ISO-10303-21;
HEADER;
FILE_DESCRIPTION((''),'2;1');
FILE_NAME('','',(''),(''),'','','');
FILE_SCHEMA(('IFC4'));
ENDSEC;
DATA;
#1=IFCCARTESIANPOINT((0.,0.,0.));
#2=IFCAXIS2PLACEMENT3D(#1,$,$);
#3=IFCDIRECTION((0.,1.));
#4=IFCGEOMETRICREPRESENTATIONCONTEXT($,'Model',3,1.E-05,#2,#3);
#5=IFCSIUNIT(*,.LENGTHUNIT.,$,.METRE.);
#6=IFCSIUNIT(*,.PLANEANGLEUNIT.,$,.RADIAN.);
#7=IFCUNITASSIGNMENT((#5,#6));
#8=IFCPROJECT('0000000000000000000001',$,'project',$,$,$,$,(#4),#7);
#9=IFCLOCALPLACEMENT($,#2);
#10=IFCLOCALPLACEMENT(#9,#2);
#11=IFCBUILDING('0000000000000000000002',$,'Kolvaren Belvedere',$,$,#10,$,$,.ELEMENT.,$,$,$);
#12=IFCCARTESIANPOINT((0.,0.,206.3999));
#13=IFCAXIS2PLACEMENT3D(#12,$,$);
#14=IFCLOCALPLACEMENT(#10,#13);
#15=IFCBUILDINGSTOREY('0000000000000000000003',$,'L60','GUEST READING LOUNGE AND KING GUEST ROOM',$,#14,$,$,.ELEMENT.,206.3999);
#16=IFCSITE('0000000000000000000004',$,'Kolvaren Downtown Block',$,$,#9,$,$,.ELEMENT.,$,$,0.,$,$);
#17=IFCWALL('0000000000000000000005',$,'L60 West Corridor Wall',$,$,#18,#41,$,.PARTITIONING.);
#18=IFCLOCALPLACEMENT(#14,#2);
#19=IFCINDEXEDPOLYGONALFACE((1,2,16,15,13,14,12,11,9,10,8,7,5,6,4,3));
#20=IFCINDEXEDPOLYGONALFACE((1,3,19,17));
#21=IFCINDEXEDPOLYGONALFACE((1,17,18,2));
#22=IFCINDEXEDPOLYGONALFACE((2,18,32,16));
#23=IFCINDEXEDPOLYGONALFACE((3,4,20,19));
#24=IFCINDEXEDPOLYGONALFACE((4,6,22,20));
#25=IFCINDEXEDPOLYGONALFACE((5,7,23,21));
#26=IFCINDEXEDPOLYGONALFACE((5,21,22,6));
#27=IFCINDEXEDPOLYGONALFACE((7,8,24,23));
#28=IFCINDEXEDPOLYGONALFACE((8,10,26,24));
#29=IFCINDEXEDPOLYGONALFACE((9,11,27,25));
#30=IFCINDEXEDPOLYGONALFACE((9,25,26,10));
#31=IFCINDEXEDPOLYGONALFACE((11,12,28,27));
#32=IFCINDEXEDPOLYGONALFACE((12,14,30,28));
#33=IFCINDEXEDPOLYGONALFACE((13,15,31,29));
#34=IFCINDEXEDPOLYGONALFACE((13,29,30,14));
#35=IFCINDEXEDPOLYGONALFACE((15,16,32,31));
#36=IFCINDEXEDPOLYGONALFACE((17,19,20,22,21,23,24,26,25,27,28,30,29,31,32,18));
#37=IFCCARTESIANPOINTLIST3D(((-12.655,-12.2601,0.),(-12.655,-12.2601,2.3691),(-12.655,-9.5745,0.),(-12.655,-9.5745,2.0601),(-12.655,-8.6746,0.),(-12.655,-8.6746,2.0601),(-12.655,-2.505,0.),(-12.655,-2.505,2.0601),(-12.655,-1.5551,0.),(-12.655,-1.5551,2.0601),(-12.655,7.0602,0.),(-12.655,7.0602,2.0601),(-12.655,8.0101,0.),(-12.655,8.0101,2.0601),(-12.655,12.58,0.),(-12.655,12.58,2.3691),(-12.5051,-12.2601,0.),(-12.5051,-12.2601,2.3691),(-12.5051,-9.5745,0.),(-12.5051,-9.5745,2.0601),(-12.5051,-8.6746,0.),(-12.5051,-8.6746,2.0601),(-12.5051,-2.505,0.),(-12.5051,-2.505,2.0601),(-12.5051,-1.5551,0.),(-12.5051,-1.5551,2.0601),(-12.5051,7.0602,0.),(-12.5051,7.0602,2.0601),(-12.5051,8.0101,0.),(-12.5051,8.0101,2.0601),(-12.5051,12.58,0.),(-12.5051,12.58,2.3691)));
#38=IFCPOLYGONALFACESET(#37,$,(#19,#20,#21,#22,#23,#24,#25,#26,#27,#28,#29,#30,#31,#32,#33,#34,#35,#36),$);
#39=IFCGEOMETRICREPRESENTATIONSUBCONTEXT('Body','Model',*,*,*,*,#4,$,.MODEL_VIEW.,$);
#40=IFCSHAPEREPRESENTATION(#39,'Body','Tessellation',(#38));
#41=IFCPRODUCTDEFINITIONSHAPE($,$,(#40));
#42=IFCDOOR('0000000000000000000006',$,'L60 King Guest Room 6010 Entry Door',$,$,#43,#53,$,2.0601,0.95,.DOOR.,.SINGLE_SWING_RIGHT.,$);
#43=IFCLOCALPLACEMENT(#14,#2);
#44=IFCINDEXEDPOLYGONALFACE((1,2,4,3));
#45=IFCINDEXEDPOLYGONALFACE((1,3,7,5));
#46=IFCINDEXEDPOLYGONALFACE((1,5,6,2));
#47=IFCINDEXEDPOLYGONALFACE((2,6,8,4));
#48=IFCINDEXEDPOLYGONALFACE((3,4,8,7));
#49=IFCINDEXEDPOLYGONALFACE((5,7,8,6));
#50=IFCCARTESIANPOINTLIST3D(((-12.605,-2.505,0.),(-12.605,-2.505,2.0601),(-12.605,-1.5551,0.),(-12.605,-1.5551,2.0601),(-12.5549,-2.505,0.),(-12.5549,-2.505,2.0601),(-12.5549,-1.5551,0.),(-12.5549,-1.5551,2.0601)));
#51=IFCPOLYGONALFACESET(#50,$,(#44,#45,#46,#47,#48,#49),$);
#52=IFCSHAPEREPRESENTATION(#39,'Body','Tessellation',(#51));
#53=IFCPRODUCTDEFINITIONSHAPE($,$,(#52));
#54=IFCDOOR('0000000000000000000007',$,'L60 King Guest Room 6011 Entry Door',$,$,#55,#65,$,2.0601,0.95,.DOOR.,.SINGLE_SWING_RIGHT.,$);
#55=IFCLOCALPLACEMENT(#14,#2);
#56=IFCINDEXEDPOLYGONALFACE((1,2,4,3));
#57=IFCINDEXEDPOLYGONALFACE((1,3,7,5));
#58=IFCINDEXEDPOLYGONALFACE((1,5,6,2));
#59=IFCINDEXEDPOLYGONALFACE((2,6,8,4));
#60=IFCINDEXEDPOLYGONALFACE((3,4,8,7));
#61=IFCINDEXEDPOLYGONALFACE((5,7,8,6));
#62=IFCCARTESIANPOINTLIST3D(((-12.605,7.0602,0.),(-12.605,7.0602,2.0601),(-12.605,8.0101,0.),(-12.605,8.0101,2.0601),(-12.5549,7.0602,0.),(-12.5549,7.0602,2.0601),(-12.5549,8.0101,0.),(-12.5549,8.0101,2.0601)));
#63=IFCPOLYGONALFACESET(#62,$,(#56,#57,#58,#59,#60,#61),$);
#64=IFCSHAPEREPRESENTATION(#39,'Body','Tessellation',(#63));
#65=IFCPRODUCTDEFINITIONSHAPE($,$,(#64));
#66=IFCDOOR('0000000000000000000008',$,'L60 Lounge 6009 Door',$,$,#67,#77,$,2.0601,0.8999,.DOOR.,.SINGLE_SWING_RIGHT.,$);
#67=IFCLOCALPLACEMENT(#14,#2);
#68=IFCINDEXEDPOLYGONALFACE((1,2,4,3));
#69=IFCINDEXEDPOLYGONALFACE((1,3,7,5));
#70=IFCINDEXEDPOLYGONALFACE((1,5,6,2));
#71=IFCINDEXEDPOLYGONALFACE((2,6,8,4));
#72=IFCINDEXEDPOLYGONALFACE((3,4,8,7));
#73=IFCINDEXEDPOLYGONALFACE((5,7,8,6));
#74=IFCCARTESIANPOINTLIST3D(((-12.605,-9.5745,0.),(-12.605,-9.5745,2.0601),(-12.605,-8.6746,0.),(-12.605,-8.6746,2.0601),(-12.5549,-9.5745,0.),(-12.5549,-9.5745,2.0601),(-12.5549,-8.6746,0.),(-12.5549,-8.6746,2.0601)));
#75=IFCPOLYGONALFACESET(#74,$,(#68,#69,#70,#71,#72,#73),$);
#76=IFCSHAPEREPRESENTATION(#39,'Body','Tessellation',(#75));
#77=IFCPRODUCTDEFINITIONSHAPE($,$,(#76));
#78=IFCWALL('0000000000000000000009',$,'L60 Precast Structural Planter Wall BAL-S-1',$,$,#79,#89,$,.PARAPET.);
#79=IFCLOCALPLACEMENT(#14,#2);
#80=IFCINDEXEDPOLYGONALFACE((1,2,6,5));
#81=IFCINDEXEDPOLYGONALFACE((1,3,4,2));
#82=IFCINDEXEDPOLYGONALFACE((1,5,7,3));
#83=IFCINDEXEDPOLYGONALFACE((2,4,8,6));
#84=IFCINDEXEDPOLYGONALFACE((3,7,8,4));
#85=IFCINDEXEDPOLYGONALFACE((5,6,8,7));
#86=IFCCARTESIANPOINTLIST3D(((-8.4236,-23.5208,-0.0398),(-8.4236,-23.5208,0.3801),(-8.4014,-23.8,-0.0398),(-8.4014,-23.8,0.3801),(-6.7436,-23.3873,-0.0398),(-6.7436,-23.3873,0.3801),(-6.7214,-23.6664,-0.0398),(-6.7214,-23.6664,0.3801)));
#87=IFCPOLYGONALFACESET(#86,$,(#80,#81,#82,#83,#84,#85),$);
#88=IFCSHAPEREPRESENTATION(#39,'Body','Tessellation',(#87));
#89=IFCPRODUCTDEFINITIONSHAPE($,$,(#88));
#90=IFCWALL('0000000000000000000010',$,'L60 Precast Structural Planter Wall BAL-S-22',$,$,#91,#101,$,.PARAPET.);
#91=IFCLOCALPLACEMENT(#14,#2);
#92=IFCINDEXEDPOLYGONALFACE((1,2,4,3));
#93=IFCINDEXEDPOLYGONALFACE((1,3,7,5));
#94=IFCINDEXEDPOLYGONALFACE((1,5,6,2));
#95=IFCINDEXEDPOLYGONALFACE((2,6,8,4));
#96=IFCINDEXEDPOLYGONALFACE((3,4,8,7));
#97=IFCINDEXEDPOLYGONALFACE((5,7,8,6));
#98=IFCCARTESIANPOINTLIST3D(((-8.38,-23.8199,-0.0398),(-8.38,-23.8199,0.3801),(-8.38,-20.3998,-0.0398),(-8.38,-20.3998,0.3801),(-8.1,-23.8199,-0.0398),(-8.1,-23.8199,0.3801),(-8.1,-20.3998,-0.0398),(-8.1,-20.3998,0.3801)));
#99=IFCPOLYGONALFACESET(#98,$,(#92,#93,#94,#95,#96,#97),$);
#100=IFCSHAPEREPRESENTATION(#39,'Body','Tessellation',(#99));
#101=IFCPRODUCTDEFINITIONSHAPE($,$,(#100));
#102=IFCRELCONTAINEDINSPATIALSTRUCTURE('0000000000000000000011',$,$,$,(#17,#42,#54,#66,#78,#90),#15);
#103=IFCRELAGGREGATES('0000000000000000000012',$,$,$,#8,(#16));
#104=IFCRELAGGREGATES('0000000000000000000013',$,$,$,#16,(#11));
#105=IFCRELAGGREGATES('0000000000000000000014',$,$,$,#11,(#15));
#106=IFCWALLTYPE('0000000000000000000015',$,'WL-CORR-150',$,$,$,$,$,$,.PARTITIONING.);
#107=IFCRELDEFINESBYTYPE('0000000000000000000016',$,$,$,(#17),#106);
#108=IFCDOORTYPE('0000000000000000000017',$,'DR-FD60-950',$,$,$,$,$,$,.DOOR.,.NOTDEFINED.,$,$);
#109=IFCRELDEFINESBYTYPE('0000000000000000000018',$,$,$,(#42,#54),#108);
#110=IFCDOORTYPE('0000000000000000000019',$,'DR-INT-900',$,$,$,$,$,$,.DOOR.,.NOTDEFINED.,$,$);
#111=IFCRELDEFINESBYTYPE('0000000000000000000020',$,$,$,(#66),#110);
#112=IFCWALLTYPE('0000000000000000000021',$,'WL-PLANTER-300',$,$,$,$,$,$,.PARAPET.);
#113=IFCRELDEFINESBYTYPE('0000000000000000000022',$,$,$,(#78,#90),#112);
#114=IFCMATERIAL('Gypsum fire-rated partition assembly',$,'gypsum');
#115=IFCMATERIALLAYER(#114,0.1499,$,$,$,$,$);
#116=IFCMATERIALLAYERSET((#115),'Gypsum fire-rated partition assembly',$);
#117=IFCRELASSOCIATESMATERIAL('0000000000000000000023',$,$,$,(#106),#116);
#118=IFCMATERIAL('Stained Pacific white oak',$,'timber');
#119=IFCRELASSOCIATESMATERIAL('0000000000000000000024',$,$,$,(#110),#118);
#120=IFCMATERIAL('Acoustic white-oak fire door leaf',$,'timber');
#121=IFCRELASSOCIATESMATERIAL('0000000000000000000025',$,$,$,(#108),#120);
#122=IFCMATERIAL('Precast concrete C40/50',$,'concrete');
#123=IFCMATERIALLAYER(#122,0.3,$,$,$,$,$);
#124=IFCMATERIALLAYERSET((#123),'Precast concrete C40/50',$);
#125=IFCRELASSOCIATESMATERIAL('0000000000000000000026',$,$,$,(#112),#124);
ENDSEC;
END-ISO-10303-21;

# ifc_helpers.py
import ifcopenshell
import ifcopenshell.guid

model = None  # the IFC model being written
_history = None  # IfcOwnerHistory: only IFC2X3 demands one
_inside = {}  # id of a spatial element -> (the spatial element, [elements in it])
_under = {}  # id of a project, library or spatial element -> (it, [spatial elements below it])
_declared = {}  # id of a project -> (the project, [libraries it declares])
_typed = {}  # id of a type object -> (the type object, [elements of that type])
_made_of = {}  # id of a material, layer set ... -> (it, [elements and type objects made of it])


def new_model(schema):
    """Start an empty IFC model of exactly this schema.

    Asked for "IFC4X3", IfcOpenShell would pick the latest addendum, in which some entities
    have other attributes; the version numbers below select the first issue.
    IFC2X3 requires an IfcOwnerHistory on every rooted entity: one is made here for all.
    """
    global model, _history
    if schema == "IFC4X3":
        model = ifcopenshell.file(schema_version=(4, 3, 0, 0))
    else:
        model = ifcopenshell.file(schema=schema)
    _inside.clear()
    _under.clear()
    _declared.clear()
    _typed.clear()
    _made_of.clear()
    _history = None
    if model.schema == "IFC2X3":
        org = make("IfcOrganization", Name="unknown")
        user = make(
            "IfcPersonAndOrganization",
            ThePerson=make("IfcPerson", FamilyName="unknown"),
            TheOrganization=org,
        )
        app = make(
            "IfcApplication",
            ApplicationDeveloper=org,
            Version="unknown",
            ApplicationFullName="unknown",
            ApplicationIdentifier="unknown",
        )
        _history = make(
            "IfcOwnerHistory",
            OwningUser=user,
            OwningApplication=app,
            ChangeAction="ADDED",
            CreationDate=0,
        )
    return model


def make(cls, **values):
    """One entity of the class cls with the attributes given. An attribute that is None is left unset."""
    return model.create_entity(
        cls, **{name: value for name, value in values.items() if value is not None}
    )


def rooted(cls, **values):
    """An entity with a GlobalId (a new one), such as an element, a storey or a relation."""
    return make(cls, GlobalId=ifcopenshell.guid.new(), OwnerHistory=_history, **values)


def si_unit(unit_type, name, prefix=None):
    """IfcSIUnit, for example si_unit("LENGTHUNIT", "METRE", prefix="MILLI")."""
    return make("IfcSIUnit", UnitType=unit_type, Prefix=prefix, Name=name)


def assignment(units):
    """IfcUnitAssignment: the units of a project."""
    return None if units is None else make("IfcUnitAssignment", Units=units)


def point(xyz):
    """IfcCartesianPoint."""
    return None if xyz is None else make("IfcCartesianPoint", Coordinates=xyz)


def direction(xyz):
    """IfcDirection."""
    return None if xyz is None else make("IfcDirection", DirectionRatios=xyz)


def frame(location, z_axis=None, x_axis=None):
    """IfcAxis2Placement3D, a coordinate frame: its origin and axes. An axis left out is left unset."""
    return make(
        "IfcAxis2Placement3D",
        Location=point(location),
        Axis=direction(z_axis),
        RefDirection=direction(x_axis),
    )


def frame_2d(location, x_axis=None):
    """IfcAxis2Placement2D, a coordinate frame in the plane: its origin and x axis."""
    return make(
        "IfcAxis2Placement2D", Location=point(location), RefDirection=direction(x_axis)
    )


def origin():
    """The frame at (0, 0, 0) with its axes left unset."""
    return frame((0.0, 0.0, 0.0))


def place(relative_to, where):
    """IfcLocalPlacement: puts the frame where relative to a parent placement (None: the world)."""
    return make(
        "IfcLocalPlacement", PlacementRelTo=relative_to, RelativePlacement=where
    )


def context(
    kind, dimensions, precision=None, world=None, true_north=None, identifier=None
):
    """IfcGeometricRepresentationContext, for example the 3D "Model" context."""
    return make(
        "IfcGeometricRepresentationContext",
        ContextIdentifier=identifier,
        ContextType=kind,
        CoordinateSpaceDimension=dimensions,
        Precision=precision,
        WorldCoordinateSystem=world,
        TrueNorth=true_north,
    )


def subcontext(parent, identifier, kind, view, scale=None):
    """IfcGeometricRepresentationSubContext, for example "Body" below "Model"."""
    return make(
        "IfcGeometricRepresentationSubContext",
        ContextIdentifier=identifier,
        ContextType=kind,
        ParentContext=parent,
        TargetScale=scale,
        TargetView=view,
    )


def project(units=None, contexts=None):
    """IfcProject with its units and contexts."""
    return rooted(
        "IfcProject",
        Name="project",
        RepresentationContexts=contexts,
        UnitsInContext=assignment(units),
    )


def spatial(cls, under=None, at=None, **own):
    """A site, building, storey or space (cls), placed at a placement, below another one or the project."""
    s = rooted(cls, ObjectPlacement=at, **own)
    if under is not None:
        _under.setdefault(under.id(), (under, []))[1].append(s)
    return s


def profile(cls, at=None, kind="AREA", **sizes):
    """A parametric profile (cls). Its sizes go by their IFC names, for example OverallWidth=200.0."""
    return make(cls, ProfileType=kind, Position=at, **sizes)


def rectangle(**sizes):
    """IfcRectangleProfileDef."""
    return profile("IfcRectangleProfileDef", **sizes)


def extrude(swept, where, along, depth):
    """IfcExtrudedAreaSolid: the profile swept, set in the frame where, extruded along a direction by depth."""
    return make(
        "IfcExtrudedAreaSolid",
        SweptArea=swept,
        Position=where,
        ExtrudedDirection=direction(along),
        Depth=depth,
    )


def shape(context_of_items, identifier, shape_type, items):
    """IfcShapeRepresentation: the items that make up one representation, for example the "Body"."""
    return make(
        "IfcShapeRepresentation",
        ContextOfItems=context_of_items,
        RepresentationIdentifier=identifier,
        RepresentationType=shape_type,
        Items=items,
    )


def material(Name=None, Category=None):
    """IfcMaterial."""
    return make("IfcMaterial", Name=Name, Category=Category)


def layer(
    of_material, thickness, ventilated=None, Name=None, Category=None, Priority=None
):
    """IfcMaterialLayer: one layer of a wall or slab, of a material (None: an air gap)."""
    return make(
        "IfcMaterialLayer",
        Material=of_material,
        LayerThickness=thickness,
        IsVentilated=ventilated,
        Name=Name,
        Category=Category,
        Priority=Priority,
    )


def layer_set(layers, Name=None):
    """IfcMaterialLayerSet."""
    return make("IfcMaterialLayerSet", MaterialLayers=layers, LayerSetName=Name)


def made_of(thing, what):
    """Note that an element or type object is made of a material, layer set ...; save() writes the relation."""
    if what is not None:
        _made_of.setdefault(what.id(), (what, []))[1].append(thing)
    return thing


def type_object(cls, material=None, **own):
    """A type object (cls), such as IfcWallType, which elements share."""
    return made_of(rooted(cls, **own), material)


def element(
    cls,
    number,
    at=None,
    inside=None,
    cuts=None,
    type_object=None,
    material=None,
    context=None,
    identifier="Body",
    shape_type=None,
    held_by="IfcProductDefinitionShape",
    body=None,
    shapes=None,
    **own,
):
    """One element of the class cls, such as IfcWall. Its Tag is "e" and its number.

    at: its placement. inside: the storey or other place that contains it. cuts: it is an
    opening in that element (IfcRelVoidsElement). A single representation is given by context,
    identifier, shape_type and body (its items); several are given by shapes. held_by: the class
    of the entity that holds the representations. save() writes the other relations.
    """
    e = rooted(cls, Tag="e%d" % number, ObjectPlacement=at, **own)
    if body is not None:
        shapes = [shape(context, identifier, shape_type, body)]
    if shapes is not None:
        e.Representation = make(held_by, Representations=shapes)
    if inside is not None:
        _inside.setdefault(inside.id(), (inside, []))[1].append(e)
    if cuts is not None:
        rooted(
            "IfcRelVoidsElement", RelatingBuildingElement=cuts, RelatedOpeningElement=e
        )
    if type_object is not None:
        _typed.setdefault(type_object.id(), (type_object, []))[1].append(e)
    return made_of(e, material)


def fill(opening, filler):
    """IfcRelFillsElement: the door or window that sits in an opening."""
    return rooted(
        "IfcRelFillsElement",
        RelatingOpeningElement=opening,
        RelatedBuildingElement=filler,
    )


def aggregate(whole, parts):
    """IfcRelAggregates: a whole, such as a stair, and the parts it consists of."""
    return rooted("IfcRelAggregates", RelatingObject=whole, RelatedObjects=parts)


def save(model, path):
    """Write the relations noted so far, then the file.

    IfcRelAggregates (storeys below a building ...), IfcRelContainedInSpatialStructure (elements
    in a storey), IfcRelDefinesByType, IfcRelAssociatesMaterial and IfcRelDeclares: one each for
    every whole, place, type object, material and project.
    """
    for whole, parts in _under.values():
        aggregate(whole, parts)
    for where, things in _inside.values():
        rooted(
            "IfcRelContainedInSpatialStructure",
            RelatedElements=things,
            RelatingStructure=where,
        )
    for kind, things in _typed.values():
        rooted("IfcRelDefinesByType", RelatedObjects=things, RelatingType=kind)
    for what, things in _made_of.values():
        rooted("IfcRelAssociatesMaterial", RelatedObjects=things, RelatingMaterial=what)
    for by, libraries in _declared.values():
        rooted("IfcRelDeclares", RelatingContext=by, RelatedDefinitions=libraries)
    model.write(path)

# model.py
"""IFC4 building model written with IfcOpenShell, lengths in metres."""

from ifc_helpers import new_model, si_unit, direction, frame, frame_2d, origin, place, context, subcontext, project, spatial, rectangle, extrude, material, layer, layer_set, type_object, element, fill, save


model = new_model("IFC4")

# Units and contexts
model_context = context("Model", 3, precision=1e-05, world=origin(), true_north=direction((0.0, 1.0)))
body_context = subcontext(model_context, "Body", "Model", "MODEL_VIEW")
ifc_project = project(units=[si_unit("LENGTHUNIT", "METRE"), si_unit("PLANEANGLEUNIT", "RADIAN")], contexts=[model_context])

# Site, building, storey
site_placement = place(None, origin())
site = spatial("IfcSite", under=ifc_project, at=site_placement, Name="Kolvaren Downtown Block", CompositionType="ELEMENT", RefElevation=0.0)
building_placement = place(site_placement, origin())
building = spatial("IfcBuilding", under=site, at=building_placement, Name="Kolvaren Belvedere", CompositionType="ELEMENT")
storey_placement = place(building_placement, frame((0.0, 0.0, 206.3999)))
storey = spatial("IfcBuildingStorey", under=building, at=storey_placement, Name="L60", Description="GUEST READING LOUNGE AND KING GUEST ROOM", CompositionType="ELEMENT", Elevation=206.3999)

# Wall, openings, doors
ifc_material_1 = material(Name="Gypsum fire-rated partition assembly", Category="gypsum")
ifc_layer_1 = layer(ifc_material_1, 0.1499)
ifc_layer_set_1 = layer_set([ifc_layer_1], Name="Gypsum fire-rated partition assembly")
wall_type_1 = type_object("IfcWallType", Name="WL-CORR-150", PredefinedType="PARTITIONING", material=ifc_layer_set_1)
ifc_material_2 = material(Name="Stained Pacific white oak", Category="timber")
door_type_1 = type_object("IfcDoorType", Name="DR-INT-900", OperationType="NOTDEFINED", PredefinedType="DOOR", material=ifc_material_2)
wall_1_placement = place(storey_placement, frame((-12.5801, -12.26, 0.0), z_axis=(0.0, 0.0, 1.0), x_axis=(0.0, 1.0, 0.0)))
wall_1 = element("IfcWall", 1, at=wall_1_placement, inside=storey, type_object=wall_type_1, Name="L60 West Corridor Wall", PredefinedType="PARTITIONING", context=body_context, shape_type="SweptSolid", body=[
    extrude(rectangle(XDim=24.8401, YDim=0.1499, at=frame_2d((12.4199, 0.0))), origin(), (0.0, 0.0, 1.0), 2.3691),
])
opening_1_placement = place(wall_1_placement, frame((2.6855, 0.0, 0.0)))
opening_1 = element("IfcOpeningElement", 2, at=opening_1_placement, cuts=wall_1, PredefinedType="OPENING", context=body_context, shape_type="SweptSolid", body=[
    extrude(rectangle(XDim=0.8999, YDim=2.0601, at=frame_2d((0.45, 1.03))), frame((0.0, 0.085, 0.0), z_axis=(0.0, -1.0, 0.0), x_axis=(1.0, 0.0, 0.0)), (0.0, 0.0, 1.0), 0.1699),
])
opening_2_placement = place(wall_1_placement, frame((9.7549, 0.0, 0.0)))
opening_2 = element("IfcOpeningElement", 3, at=opening_2_placement, cuts=wall_1, PredefinedType="OPENING", context=body_context, shape_type="SweptSolid", body=[
    extrude(rectangle(XDim=0.95, YDim=2.0601, at=frame_2d((0.4751, 1.03))), frame((0.0, 0.085, 0.0), z_axis=(0.0, -1.0, 0.0), x_axis=(1.0, 0.0, 0.0)), (0.0, 0.0, 1.0), 0.1699),
])
opening_3_placement = place(wall_1_placement, frame((19.3201, 0.0, 0.0)))
opening_3 = element("IfcOpeningElement", 4, at=opening_3_placement, cuts=wall_1, PredefinedType="OPENING", context=body_context, shape_type="SweptSolid", body=[
    extrude(rectangle(XDim=0.95, YDim=2.0601, at=frame_2d((0.4751, 1.03))), frame((0.0, 0.085, 0.0), z_axis=(0.0, -1.0, 0.0), x_axis=(1.0, 0.0, 0.0)), (0.0, 0.0, 1.0), 0.1699),
])
ifc_material_3 = material(Name="Acoustic white-oak fire door leaf", Category="timber")
door_type_2 = type_object("IfcDoorType", Name="DR-FD60-950", OperationType="NOTDEFINED", PredefinedType="DOOR", material=ifc_material_3)
door_1_placement = place(opening_2_placement, origin())
door_1 = element("IfcDoor", 5, at=door_1_placement, inside=storey, type_object=door_type_2, Name="L60 King Guest Room 6010 Entry Door", OperationType="SINGLE_SWING_RIGHT", OverallHeight=2.0601, OverallWidth=0.95, PredefinedType="DOOR", context=body_context, shape_type="SweptSolid", body=[
    extrude(rectangle(XDim=0.95, YDim=2.0601, at=frame_2d((0.4751, 1.03))), frame((0.0, 0.0249, 0.0), z_axis=(0.0, -1.0, 0.0), x_axis=(1.0, 0.0, 0.0)), (0.0, 0.0, 1.0), 0.05),
])
fill(opening_2, door_1)
door_2_placement = place(opening_3_placement, origin())
door_2 = element("IfcDoor", 6, at=door_2_placement, inside=storey, type_object=door_type_2, Name="L60 King Guest Room 6011 Entry Door", OperationType="SINGLE_SWING_RIGHT", OverallHeight=2.0601, OverallWidth=0.95, PredefinedType="DOOR", context=body_context, shape_type="SweptSolid", body=[
    extrude(rectangle(XDim=0.95, YDim=2.0601, at=frame_2d((0.4751, 1.03))), frame((0.0, 0.0249, 0.0), z_axis=(0.0, -1.0, 0.0), x_axis=(1.0, 0.0, 0.0)), (0.0, 0.0, 1.0), 0.05),
])
fill(opening_3, door_2)
door_3_placement = place(opening_1_placement, origin())
door_3 = element("IfcDoor", 7, at=door_3_placement, inside=storey, type_object=door_type_1, Name="L60 Lounge 6009 Door", OperationType="SINGLE_SWING_RIGHT", OverallHeight=2.0601, OverallWidth=0.8999, PredefinedType="DOOR", context=body_context, shape_type="SweptSolid", body=[
    extrude(rectangle(XDim=0.8999, YDim=2.0601, at=frame_2d((0.45, 1.03))), frame((0.0, 0.0249, 0.0), z_axis=(0.0, -1.0, 0.0), x_axis=(1.0, 0.0, 0.0)), (0.0, 0.0, 1.0), 0.05),
])
fill(opening_1, door_3)

# Walls
ifc_material_4 = material(Name="Precast concrete C40/50", Category="concrete")
ifc_layer_2 = layer(ifc_material_4, 0.3)
ifc_layer_set_2 = layer_set([ifc_layer_2], Name="Precast concrete C40/50")
wall_type_2 = type_object("IfcWallType", Name="WL-PLANTER-300", PredefinedType="PARAPET", material=ifc_layer_set_2)
wall_2_placement = place(storey_placement, frame((-8.4126, -23.6604, -0.0398), z_axis=(0.0, 0.0, 1.0), x_axis=(0.996855, 0.079244, 0.0)))
element("IfcWall", 8, at=wall_2_placement, inside=storey, type_object=wall_type_2, Name="L60 Precast Structural Planter Wall BAL-S-1", PredefinedType="PARAPET", context=body_context, shape_type="SweptSolid", body=[
    extrude(rectangle(XDim=1.6853, YDim=0.28, at=frame_2d((0.8428, 0.0))), origin(), (0.0, 0.0, 1.0), 0.4199),
])
wall_3_placement = place(storey_placement, frame((-8.24, -20.3999, -0.0398), z_axis=(0.0, 0.0, 1.0), x_axis=(0.0, -1.0, 0.0)))
element("IfcWall", 9, at=wall_3_placement, inside=storey, type_object=wall_type_2, Name="L60 Precast Structural Planter Wall BAL-S-22", PredefinedType="PARAPET", context=body_context, shape_type="SweptSolid", body=[
    extrude(rectangle(XDim=3.4202, YDim=0.28, at=frame_2d((1.71, 0.0))), origin(), (0.0, 0.0, 1.0), 0.4199),
])

save(model, "model.ifc")
